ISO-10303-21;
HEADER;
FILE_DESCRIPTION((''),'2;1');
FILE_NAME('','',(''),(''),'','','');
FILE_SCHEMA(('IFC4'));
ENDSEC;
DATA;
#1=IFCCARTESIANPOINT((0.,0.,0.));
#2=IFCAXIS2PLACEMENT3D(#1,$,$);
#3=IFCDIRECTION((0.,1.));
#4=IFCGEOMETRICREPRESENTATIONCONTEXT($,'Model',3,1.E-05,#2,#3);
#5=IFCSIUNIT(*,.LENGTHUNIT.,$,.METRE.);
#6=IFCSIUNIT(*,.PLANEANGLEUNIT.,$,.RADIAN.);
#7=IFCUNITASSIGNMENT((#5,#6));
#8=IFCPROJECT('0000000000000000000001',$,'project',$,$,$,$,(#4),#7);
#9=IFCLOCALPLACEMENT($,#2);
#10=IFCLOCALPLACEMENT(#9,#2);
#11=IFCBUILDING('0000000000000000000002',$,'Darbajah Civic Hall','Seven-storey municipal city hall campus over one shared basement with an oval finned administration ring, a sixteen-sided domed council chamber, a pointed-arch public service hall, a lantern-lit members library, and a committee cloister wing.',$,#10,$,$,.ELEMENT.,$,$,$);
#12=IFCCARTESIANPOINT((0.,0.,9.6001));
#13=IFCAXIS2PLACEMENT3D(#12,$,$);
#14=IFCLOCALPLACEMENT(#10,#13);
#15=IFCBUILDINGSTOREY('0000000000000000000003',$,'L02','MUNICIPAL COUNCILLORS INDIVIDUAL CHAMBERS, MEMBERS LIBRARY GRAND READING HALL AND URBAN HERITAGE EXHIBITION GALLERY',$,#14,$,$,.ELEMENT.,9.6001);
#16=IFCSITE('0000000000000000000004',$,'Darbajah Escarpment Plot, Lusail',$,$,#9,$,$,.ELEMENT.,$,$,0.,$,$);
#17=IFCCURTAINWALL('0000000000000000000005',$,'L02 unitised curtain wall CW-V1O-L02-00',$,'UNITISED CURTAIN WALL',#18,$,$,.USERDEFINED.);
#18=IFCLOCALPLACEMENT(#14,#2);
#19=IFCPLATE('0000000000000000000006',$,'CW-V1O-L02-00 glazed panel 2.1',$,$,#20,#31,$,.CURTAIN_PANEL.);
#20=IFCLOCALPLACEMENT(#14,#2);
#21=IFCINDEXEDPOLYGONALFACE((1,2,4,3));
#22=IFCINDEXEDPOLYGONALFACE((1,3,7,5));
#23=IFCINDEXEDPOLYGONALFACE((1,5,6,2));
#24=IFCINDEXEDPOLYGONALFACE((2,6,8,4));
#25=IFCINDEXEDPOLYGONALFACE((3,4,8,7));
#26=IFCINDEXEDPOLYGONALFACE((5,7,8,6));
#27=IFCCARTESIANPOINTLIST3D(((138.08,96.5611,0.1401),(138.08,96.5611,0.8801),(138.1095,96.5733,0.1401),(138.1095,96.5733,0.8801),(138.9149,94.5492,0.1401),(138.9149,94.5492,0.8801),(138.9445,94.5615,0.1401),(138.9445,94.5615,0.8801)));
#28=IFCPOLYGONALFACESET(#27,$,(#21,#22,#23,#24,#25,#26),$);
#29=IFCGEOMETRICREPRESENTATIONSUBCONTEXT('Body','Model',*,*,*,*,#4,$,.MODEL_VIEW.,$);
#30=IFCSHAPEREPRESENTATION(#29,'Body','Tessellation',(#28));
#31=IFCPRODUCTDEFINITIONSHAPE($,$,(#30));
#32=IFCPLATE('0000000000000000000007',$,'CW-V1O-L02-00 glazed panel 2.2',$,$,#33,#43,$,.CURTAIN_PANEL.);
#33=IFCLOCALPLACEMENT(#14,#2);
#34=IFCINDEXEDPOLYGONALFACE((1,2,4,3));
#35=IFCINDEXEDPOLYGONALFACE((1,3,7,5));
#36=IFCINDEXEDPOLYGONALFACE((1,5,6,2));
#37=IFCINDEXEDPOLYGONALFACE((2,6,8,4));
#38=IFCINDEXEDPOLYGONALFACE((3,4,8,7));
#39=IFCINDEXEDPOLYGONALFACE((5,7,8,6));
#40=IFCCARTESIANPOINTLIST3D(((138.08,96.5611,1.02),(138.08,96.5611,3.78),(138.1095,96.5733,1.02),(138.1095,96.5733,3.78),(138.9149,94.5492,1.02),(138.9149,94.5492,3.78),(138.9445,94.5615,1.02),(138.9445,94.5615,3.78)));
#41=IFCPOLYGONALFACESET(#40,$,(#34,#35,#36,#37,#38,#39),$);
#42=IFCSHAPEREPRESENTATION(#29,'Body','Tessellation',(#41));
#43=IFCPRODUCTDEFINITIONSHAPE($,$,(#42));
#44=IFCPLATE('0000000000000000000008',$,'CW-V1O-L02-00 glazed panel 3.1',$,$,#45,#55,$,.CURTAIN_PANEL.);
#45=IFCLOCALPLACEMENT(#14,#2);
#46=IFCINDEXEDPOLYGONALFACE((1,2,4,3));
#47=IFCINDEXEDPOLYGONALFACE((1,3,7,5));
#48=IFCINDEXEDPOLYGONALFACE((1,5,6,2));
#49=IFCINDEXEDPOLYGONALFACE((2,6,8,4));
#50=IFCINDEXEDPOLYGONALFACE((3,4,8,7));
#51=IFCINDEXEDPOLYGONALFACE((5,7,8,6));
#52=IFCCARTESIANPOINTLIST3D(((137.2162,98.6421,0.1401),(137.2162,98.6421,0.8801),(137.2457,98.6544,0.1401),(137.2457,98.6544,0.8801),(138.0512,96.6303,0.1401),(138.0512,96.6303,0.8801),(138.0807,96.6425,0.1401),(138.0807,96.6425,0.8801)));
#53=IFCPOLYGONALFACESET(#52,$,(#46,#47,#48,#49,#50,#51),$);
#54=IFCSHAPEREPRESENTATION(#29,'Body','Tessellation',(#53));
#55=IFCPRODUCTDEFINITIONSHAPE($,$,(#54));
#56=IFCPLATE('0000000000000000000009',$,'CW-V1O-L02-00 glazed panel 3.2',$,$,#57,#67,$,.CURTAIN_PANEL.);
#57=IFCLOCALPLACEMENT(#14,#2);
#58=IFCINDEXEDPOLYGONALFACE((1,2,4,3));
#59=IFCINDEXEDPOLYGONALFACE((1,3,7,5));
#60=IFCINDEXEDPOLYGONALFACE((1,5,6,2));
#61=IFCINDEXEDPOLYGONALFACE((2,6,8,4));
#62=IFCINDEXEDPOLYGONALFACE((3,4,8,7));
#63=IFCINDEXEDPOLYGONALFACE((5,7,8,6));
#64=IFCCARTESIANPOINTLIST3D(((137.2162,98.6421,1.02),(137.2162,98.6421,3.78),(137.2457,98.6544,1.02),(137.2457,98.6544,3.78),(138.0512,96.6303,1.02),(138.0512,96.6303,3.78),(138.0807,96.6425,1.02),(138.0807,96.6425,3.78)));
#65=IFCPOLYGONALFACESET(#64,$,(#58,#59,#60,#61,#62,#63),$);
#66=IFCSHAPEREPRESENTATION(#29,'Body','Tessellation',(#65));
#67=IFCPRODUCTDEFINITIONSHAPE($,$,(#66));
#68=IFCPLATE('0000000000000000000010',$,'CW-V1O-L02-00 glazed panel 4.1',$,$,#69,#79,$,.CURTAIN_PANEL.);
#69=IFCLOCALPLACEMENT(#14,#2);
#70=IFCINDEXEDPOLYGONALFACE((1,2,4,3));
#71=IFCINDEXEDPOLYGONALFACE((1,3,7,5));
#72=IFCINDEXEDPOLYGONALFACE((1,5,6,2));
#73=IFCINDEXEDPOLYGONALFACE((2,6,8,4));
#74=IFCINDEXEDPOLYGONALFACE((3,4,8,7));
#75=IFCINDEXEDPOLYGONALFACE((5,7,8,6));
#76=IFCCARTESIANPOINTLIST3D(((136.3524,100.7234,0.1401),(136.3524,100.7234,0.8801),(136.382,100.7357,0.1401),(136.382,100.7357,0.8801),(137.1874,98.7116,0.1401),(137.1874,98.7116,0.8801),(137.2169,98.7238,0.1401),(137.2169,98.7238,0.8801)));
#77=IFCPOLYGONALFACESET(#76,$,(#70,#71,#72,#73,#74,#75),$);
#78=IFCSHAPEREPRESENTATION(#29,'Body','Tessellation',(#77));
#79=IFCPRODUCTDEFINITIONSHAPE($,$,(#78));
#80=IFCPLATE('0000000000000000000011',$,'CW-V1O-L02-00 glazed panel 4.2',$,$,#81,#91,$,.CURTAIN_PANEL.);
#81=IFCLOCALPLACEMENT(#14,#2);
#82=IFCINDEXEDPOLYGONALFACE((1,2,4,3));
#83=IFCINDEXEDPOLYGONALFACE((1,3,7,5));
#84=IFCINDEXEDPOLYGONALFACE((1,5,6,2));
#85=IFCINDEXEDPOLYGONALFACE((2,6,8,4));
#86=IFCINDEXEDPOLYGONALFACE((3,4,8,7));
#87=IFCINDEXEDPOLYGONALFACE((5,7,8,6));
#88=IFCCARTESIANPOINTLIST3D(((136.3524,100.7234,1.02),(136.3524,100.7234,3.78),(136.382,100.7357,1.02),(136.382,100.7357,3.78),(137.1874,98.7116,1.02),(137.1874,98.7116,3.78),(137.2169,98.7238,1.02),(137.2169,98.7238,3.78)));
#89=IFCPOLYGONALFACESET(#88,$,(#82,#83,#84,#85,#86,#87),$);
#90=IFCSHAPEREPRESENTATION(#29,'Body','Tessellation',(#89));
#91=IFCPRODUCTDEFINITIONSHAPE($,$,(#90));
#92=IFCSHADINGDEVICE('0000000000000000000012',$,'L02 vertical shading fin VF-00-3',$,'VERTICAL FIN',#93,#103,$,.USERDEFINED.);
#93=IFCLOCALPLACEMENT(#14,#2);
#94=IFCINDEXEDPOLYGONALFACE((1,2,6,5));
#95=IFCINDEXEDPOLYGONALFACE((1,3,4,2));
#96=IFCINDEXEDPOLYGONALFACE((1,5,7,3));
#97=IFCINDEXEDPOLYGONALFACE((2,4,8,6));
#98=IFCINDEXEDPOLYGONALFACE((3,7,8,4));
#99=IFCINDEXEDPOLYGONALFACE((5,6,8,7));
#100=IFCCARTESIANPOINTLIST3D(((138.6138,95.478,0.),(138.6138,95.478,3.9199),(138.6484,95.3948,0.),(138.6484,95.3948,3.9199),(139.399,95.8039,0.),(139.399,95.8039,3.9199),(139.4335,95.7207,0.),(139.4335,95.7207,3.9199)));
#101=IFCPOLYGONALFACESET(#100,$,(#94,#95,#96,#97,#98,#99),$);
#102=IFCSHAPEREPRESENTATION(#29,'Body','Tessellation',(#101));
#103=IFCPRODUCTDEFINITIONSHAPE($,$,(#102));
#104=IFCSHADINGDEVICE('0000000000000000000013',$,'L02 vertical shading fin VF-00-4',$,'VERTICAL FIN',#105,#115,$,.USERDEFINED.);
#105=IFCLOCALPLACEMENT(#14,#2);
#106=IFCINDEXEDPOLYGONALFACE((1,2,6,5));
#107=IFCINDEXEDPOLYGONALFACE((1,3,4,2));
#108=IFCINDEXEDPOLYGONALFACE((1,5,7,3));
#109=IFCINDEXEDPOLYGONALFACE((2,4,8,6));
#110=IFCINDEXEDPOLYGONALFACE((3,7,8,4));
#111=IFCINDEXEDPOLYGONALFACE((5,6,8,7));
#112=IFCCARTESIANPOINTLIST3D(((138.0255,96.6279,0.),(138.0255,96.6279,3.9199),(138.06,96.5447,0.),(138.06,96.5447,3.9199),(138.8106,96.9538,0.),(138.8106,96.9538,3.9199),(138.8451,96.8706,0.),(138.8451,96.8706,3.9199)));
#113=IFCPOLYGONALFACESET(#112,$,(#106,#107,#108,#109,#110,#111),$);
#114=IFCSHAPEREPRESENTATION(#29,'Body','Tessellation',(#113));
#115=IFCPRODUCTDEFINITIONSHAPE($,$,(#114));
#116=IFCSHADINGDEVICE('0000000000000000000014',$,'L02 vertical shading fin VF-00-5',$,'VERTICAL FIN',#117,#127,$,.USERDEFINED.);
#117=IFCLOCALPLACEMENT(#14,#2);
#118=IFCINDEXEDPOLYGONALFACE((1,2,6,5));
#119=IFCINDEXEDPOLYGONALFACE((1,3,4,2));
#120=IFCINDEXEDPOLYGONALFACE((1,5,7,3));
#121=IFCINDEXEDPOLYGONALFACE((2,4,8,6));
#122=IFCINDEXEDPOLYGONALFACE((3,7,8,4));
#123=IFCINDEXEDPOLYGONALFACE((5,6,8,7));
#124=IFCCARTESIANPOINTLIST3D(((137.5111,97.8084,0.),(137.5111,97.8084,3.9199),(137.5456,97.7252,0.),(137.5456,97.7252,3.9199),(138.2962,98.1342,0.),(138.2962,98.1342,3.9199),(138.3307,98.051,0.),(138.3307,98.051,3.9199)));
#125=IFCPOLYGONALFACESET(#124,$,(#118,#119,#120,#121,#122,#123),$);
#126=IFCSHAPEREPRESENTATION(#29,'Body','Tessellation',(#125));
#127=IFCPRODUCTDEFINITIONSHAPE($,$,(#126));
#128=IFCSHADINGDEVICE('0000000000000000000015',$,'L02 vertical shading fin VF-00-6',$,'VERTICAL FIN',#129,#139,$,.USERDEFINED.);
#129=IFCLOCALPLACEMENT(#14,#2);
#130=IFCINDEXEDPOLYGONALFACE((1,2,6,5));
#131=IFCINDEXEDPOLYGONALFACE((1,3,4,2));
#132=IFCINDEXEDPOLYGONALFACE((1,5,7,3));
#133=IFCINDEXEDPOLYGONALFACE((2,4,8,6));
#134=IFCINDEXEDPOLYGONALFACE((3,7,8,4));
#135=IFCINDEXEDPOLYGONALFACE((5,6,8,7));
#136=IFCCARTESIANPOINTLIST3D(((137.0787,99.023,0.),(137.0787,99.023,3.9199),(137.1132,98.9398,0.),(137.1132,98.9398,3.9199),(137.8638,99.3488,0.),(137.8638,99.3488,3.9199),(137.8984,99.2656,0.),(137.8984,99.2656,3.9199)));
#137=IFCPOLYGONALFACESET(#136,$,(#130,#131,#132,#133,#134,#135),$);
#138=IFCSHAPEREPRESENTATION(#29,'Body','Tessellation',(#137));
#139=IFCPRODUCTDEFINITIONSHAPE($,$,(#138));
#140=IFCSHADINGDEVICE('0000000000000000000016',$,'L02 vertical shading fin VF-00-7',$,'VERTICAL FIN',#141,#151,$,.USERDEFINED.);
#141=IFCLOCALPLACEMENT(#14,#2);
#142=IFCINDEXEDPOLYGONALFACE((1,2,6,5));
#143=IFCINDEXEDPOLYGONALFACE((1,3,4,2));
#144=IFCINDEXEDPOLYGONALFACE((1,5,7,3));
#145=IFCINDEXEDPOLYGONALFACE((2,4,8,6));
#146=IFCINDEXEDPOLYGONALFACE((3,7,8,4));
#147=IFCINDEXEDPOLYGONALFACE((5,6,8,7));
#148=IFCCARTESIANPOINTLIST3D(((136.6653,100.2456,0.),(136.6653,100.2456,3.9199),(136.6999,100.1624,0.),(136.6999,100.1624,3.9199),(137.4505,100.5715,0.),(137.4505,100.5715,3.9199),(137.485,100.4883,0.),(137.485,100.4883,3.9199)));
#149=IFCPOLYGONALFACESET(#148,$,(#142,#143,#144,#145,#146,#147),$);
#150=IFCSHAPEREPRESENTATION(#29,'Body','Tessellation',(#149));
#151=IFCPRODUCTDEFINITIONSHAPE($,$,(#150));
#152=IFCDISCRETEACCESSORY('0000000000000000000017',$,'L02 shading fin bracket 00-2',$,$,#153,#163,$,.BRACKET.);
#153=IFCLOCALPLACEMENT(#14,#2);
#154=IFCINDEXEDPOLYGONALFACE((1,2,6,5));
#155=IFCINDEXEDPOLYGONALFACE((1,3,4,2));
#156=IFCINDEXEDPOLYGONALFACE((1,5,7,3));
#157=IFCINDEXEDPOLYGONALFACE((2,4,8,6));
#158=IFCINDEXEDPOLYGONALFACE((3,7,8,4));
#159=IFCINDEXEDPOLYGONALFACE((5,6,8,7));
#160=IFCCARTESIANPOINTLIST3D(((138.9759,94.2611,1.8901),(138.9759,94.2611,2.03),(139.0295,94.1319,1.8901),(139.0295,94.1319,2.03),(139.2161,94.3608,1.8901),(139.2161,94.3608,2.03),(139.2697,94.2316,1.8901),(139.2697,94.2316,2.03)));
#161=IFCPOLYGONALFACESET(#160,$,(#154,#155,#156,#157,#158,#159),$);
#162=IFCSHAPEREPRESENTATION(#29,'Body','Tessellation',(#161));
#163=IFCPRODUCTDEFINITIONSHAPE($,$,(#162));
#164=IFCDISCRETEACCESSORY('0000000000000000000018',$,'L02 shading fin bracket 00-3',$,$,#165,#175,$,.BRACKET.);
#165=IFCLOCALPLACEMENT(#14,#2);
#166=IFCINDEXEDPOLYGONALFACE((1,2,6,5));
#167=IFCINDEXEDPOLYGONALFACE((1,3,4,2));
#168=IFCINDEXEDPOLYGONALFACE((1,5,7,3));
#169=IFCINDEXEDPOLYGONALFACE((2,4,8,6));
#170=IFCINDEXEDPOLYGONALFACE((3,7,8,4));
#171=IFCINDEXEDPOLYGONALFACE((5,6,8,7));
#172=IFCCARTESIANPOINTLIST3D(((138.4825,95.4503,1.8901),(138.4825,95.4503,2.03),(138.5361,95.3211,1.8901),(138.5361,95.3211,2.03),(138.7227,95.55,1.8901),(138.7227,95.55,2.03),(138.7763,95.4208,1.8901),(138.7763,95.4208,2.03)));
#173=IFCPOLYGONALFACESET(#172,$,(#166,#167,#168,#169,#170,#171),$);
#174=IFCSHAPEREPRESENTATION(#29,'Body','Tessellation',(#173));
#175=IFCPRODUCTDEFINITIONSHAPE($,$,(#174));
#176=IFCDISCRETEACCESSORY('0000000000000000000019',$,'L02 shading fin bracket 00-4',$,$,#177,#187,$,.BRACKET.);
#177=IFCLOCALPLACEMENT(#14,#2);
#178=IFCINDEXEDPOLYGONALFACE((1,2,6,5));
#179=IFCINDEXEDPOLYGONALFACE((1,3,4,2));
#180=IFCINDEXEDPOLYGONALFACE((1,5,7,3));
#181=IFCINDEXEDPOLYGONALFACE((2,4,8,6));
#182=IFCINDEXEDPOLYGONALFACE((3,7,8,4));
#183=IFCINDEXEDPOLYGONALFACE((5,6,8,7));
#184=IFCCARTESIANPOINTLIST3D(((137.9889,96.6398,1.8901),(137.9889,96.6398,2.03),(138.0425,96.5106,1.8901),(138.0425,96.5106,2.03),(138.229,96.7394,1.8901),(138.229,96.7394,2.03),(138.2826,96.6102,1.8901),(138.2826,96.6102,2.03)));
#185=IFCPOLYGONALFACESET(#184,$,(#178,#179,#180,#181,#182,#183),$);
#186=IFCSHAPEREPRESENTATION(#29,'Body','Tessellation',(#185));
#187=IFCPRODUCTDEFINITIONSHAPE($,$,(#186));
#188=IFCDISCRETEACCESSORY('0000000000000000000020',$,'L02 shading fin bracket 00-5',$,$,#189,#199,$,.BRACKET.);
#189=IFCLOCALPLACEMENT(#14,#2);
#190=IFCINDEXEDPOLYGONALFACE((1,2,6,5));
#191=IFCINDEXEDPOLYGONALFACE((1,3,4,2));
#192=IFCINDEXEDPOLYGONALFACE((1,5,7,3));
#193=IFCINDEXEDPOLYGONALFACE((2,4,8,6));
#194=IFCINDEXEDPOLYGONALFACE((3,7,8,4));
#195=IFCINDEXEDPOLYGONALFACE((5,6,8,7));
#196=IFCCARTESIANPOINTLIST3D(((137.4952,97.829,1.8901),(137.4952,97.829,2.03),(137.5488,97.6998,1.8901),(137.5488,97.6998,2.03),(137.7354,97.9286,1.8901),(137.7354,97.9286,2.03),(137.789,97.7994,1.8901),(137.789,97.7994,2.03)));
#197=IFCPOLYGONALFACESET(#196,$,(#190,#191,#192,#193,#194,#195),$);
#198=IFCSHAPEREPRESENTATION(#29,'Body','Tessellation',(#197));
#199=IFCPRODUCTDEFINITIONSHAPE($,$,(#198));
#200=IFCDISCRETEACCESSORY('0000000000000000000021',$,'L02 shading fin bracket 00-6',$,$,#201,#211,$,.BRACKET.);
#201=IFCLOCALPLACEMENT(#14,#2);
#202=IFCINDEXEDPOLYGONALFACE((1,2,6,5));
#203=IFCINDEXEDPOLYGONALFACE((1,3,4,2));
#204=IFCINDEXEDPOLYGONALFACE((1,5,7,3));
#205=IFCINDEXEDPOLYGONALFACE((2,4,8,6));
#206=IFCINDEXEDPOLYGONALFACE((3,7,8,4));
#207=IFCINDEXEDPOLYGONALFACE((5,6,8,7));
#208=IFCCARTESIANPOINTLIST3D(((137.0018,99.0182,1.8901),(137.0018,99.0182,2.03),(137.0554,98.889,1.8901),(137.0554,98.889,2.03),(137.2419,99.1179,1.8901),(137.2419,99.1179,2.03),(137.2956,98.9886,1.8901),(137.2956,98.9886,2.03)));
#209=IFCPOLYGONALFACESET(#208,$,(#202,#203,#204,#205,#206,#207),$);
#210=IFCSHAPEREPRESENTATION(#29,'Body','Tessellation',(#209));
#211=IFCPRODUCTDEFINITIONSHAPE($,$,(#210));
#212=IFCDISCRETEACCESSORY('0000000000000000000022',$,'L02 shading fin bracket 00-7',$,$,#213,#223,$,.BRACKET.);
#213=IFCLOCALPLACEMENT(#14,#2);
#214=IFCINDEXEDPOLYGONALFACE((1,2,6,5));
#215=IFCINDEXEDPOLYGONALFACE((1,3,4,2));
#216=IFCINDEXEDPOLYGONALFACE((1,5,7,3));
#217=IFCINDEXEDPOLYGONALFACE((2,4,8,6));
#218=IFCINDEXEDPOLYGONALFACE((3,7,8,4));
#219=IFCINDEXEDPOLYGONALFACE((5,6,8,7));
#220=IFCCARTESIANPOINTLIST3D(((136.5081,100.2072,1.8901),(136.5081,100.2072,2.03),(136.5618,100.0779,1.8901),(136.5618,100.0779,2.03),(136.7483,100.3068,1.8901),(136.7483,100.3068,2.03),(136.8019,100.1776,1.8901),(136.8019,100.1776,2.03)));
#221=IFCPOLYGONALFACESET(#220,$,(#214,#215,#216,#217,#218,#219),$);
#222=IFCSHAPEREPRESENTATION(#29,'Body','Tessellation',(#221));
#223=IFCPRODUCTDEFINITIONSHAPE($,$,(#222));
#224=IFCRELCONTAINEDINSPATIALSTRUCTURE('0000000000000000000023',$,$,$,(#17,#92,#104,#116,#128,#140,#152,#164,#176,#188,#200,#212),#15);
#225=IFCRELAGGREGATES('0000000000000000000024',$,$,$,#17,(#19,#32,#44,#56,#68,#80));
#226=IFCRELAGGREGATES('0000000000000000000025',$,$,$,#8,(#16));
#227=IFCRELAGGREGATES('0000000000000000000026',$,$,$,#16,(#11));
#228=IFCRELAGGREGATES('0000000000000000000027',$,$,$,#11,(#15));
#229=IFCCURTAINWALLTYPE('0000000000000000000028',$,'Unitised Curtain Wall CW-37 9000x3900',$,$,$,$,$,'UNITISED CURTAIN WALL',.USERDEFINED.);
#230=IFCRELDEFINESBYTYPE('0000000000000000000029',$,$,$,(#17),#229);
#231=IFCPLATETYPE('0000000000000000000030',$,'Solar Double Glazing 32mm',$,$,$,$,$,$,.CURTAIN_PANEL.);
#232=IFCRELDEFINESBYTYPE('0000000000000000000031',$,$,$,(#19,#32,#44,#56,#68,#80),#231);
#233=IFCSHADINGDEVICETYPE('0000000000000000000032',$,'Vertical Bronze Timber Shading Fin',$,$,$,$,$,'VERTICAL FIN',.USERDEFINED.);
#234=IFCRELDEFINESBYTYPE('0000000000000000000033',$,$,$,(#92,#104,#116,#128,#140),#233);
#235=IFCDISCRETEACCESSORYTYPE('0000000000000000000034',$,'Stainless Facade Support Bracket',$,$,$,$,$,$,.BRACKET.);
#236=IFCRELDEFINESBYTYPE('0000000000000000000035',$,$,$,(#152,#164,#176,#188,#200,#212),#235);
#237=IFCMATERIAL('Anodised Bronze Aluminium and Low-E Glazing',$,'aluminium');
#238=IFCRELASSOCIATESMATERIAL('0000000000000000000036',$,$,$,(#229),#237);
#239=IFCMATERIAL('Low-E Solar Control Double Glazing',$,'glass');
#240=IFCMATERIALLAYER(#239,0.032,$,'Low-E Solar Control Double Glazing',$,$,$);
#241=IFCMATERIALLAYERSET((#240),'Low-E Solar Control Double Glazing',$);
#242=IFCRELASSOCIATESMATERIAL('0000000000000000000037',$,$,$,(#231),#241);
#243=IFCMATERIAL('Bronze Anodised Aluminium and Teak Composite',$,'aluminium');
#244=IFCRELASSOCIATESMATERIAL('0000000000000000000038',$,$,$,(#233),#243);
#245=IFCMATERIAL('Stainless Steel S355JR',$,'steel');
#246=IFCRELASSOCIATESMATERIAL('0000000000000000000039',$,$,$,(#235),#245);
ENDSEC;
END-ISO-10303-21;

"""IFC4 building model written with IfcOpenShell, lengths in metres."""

from ifc_helpers import new_model, si_unit, direction, frame, origin, origin_2d, place, context, subcontext, project, spatial, rectangle, extrude, material, layer, layer_set, type_object, element, aggregate, save


model = new_model("IFC4")

# Units and contexts
model_context = context("Model", 3, precision=1e-05, world=origin(), true_north=direction((0.0, 1.0)))
body_context = subcontext(model_context, "Body", "Model", "MODEL_VIEW")
ifc_project = project(units=[si_unit("LENGTHUNIT", "METRE"), si_unit("PLANEANGLEUNIT", "RADIAN")], contexts=[model_context])

# Site, building, storey
site_placement = place(None, origin())
site = spatial("IfcSite", under=ifc_project, at=site_placement, Name="Darbajah Escarpment Plot, Lusail", CompositionType="ELEMENT", RefElevation=0.0)
building_placement = place(site_placement, origin())
building = spatial("IfcBuilding", under=site, at=building_placement, Name="Darbajah Civic Hall", Description="Seven-storey municipal city hall campus over one shared basement with an oval finned administration ring, a sixteen-sided domed council chamber, a pointed-arch public service hall, a lantern-lit members library, and a committee cloister wing.", CompositionType="ELEMENT")
storey_placement = place(building_placement, frame((0.0, 0.0, 9.6001)))
storey = spatial("IfcBuildingStorey", under=building, at=storey_placement, Name="L02", Description="MUNICIPAL COUNCILLORS INDIVIDUAL CHAMBERS, MEMBERS LIBRARY GRAND READING HALL AND URBAN HERITAGE EXHIBITION GALLERY", CompositionType="ELEMENT", Elevation=9.6001)

# Shared definitions
ifc_material_1 = material(Name="Anodised Bronze Aluminium and Low-E Glazing", Category="aluminium")

# Curtain wall
curtain_wall_type_1 = type_object("IfcCurtainWallType", Name="Unitised Curtain Wall CW-37 9000x3900", ElementType="UNITISED CURTAIN WALL", PredefinedType="USERDEFINED", material=ifc_material_1)
curtain_wall_1_placement = place(storey_placement, origin())
curtain_wall_1 = element("IfcCurtainWall", 1, at=curtain_wall_1_placement, inside=storey, type_object=curtain_wall_type_1, Name="L02 unitised curtain wall CW-V1O-L02-00", ObjectType="UNITISED CURTAIN WALL", PredefinedType="USERDEFINED")

# Plates
ifc_material_2 = material(Name="Low-E Solar Control Double Glazing", Category="glass")
ifc_layer = layer(ifc_material_2, 0.032, Name="Low-E Solar Control Double Glazing")
ifc_layer_set = layer_set([ifc_layer], Name="Low-E Solar Control Double Glazing")
plate_type = type_object("IfcPlateType", Name="Solar Double Glazing 32mm", PredefinedType="CURTAIN_PANEL", material=ifc_layer_set)
plate_1_placement = place(storey_placement, frame((138.5122, 95.5613, 0.1401), z_axis=(0.0, 0.0, 1.0), x_axis=(-0.383328, 0.923612, 0.0)))
plate_1 = element("IfcPlate", 2, at=plate_1_placement, type_object=plate_type, Name="CW-V1O-L02-00 glazed panel 2.1", PredefinedType="CURTAIN_PANEL", context=body_context, shape_type="SweptSolid", body=[
    extrude(rectangle(XDim=2.1782, YDim=0.032, at=origin_2d()), origin(), (0.0, 0.0, 1.0), 0.74),
])
plate_2_placement = place(storey_placement, frame((138.5122, 95.5613, 1.02), z_axis=(0.0, 0.0, 1.0), x_axis=(-0.383328, 0.923612, 0.0)))
plate_2 = element("IfcPlate", 3, at=plate_2_placement, type_object=plate_type, Name="CW-V1O-L02-00 glazed panel 2.2", PredefinedType="CURTAIN_PANEL", context=body_context, shape_type="SweptSolid", body=[
    extrude(rectangle(XDim=2.1782, YDim=0.032, at=origin_2d()), origin(), (0.0, 0.0, 1.0), 2.76),
])
plate_3_placement = place(storey_placement, frame((137.6484, 97.6423, 0.1401), z_axis=(0.0, 0.0, 1.0), x_axis=(-0.383328, 0.923612, 0.0)))
plate_3 = element("IfcPlate", 4, at=plate_3_placement, type_object=plate_type, Name="CW-V1O-L02-00 glazed panel 3.1", PredefinedType="CURTAIN_PANEL", context=body_context, shape_type="SweptSolid", body=[
    extrude(rectangle(XDim=2.1782, YDim=0.032, at=origin_2d()), origin(), (0.0, 0.0, 1.0), 0.74),
])
plate_4_placement = place(storey_placement, frame((137.6484, 97.6423, 1.02), z_axis=(0.0, 0.0, 1.0), x_axis=(-0.383328, 0.923612, 0.0)))
plate_4 = element("IfcPlate", 5, at=plate_4_placement, type_object=plate_type, Name="CW-V1O-L02-00 glazed panel 3.2", PredefinedType="CURTAIN_PANEL", context=body_context, shape_type="SweptSolid", body=[
    extrude(rectangle(XDim=2.1782, YDim=0.032, at=origin_2d()), origin(), (0.0, 0.0, 1.0), 2.76),
])
plate_5_placement = place(storey_placement, frame((136.7847, 99.7236, 0.1401), z_axis=(0.0, 0.0, 1.0), x_axis=(-0.383328, 0.923612, 0.0)))
plate_5 = element("IfcPlate", 6, at=plate_5_placement, type_object=plate_type, Name="CW-V1O-L02-00 glazed panel 4.1", PredefinedType="CURTAIN_PANEL", context=body_context, shape_type="SweptSolid", body=[
    extrude(rectangle(XDim=2.1782, YDim=0.032, at=origin_2d()), origin(), (0.0, 0.0, 1.0), 0.74),
])
plate_6_placement = place(storey_placement, frame((136.7847, 99.7236, 1.02), z_axis=(0.0, 0.0, 1.0), x_axis=(-0.383328, 0.923612, 0.0)))
plate_6 = element("IfcPlate", 7, at=plate_6_placement, type_object=plate_type, Name="CW-V1O-L02-00 glazed panel 4.2", PredefinedType="CURTAIN_PANEL", context=body_context, shape_type="SweptSolid", body=[
    extrude(rectangle(XDim=2.1782, YDim=0.032, at=origin_2d()), origin(), (0.0, 0.0, 1.0), 2.76),
])
aggregate(curtain_wall_1, [plate_1, plate_2, plate_3, plate_4, plate_5, plate_6])

# Shading devices
ifc_material_3 = material(Name="Bronze Anodised Aluminium and Teak Composite", Category="aluminium")
shading_device_type = type_object("IfcShadingDeviceType", Name="Vertical Bronze Timber Shading Fin", ElementType="VERTICAL FIN", PredefinedType="USERDEFINED", material=ifc_material_3)
for number, where, z_axis, x_axis, name in (
    (8, (139.0237, 95.5994, 0.0), (0.0, 0.0, 1.0), (0.923612, 0.383328, 0.0), "L02 vertical shading fin VF-00-3"),
    (9, (138.4353, 96.7493, 0.0), (0.0, 0.0, 1.0), (0.923612, 0.383328, 0.0), "L02 vertical shading fin VF-00-4"),
    (10, (137.9209, 97.9297, 0.0), (0.0, 0.0, 1.0), (0.923612, 0.383328, 0.0), "L02 vertical shading fin VF-00-5"),
    (11, (137.4885, 99.1443, 0.0), (0.0, 0.0, 1.0), (0.923612, 0.383328, 0.0), "L02 vertical shading fin VF-00-6"),
    (12, (137.0752, 100.3669, 0.0), (0.0, 0.0, 1.0), (0.923612, 0.383328, 0.0), "L02 vertical shading fin VF-00-7"),
):
    element("IfcShadingDevice", number, at=place(storey_placement, frame(where, z_axis=z_axis, x_axis=x_axis)), inside=storey, type_object=shading_device_type, Name=name, ObjectType="VERTICAL FIN", PredefinedType="USERDEFINED", context=body_context, shape_type="SweptSolid", body=[
        extrude(rectangle(XDim=0.8501, YDim=0.0901, at=origin_2d()), origin(), (0.0, 0.0, 1.0), 3.9199),
    ])

# Discrete accessories
ifc_material_4 = material(Name="Stainless Steel S355JR", Category="steel")
discrete_accessory_type = type_object("IfcDiscreteAccessoryType", Name="Stainless Facade Support Bracket", PredefinedType="BRACKET", material=ifc_material_4)
for number, where, z_axis, x_axis, name in (
    (13, (139.1228, 94.2463, 1.8901), (0.0, 0.0, 1.0), (0.923612, 0.383328, 0.0), "L02 shading fin bracket 00-2"),
    (14, (138.6294, 95.4355, 1.8901), (0.0, 0.0, 1.0), (0.923612, 0.383328, 0.0), "L02 shading fin bracket 00-3"),
    (15, (138.1357, 96.625, 1.8901), (0.0, 0.0, 1.0), (0.923612, 0.383328, 0.0), "L02 shading fin bracket 00-4"),
    (16, (137.6421, 97.8142, 1.8901), (0.0, 0.0, 1.0), (0.923612, 0.383328, 0.0), "L02 shading fin bracket 00-5"),
    (17, (137.1487, 99.0034, 1.8901), (0.0, 0.0, 1.0), (0.923612, 0.383328, 0.0), "L02 shading fin bracket 00-6"),
    (18, (136.655, 100.1924, 1.8901), (0.0, 0.0, 1.0), (0.923612, 0.383328, 0.0), "L02 shading fin bracket 00-7"),
):
    element("IfcDiscreteAccessory", number, at=place(storey_placement, frame(where, z_axis=z_axis, x_axis=x_axis)), inside=storey, type_object=discrete_accessory_type, Name=name, PredefinedType="BRACKET", context=body_context, shape_type="SweptSolid", body=[
        extrude(rectangle(XDim=0.26, YDim=0.1399, at=origin_2d()), origin(), (0.0, 0.0, 1.0), 0.1399),
    ])

save(model, "model.ifc")
